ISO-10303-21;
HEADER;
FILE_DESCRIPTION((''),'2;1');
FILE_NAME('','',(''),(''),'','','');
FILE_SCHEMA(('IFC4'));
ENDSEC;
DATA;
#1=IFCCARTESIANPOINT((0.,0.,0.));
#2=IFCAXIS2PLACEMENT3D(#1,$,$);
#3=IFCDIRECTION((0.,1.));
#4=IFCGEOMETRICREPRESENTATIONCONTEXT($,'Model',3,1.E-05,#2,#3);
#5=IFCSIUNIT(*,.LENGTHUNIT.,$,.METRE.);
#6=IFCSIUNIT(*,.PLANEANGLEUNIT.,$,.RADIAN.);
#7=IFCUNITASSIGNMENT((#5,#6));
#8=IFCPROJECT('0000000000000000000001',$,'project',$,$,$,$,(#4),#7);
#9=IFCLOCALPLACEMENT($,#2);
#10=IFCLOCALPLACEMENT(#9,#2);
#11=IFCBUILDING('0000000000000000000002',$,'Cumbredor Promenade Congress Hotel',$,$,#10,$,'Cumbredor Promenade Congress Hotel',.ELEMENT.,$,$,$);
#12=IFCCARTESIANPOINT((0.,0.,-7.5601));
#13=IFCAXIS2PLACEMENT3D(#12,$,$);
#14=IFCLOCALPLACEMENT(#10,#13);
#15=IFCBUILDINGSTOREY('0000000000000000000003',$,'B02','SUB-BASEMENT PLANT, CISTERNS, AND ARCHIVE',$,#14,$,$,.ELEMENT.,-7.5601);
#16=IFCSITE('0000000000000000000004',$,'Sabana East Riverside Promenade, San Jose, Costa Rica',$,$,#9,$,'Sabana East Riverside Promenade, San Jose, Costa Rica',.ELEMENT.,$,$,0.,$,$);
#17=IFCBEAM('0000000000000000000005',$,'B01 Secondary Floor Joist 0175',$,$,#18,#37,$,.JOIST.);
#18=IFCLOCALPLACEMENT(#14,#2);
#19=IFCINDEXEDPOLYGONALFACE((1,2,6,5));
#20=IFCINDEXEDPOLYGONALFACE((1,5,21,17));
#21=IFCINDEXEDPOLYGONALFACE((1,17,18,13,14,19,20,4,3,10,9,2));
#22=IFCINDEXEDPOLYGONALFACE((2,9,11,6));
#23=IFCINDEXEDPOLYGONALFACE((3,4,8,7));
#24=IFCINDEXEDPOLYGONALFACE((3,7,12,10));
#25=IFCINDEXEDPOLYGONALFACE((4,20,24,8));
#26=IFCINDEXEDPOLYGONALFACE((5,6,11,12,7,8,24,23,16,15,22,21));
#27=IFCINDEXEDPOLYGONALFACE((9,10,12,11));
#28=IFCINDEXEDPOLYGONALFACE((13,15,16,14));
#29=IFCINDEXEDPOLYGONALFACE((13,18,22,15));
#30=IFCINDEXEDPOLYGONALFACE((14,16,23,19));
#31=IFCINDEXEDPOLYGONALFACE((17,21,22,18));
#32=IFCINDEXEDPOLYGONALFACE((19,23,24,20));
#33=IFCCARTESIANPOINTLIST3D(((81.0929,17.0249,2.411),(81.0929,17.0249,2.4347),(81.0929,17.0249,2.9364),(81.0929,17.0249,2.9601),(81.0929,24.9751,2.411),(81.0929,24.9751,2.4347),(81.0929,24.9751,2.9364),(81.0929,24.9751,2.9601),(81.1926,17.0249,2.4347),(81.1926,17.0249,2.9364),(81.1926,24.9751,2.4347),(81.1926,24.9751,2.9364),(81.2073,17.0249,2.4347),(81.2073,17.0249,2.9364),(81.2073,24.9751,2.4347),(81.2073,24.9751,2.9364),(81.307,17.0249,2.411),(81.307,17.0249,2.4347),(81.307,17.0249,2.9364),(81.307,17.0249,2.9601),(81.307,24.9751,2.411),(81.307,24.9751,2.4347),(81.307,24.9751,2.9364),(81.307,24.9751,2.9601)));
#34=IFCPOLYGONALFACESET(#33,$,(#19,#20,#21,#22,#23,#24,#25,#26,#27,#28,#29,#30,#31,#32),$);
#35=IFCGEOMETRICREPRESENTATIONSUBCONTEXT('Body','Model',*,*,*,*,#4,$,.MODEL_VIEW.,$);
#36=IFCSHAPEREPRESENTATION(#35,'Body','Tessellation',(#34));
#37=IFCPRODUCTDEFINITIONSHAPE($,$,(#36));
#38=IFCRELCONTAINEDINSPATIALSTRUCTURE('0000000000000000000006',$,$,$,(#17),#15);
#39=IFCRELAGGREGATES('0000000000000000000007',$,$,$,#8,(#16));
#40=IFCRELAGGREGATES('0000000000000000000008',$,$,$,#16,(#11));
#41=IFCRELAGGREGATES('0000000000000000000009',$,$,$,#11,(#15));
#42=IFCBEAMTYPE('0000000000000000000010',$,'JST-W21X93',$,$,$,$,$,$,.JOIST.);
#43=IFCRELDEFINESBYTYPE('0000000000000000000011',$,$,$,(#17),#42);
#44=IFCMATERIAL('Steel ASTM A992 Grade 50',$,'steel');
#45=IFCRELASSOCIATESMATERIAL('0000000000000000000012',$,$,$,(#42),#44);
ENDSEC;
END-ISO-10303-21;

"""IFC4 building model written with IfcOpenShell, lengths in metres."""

from ifc_helpers import new_model, si_unit, direction, frame, origin, origin_2d, place, context, subcontext, project, spatial, i_section, extrude, material, material_profile, profile_set, type_object, element, save


model = new_model("IFC4")

# Units and contexts
model_context = context("Model", 3, precision=1e-05, world=origin(), true_north=direction((0.0, 1.0)))
body_context = subcontext(model_context, "Body", "Model", "MODEL_VIEW")
ifc_project = project(units=[si_unit("LENGTHUNIT", "METRE"), si_unit("PLANEANGLEUNIT", "RADIAN")], contexts=[model_context])

# Site, building, storey
site_placement = place(None, origin())
site = spatial("IfcSite", under=ifc_project, at=site_placement, Name="Sabana East Riverside Promenade, San Jose, Costa Rica", LongName="Sabana East Riverside Promenade, San Jose, Costa Rica", CompositionType="ELEMENT", RefElevation=0.0)
building_placement = place(site_placement, origin())
building = spatial("IfcBuilding", under=site, at=building_placement, Name="Cumbredor Promenade Congress Hotel", LongName="Cumbredor Promenade Congress Hotel", CompositionType="ELEMENT")
storey_placement = place(building_placement, frame((0.0, 0.0, -7.5601)))
storey = spatial("IfcBuildingStorey", under=building, at=storey_placement, Name="B02", Description="SUB-BASEMENT PLANT, CISTERNS, AND ARCHIVE", CompositionType="ELEMENT", Elevation=-7.5601)

# Beam
ifc_material_1 = material(Name="Steel ASTM A992 Grade 50", Category="steel")
ifc_material_profile_1 = material_profile(ifc_material_1, i_section(OverallWidth=0.2141, OverallDepth=0.5491, WebThickness=0.0146, FlangeThickness=0.0237, at=origin_2d()), Name="W21X93")
ifc_profile_set_1 = profile_set([ifc_material_profile_1], Name="Steel ASTM A992 Grade 50")
beam_type_1 = type_object("IfcBeamType", Name="JST-W21X93", PredefinedType="JOIST", material=ifc_profile_set_1)
for number, where, z_axis, x_axis, name in (
    (1, (81.2, 17.0249, 2.6855), (0.0, 1.0, 0.0), (-1.0, 0.0, 0.0), "B01 Secondary Floor Joist 0175"),
):
    element("IfcBeam", number, at=place(storey_placement, frame(where, z_axis=z_axis, x_axis=x_axis)), inside=storey, type_object=beam_type_1, Name=name, PredefinedType="JOIST", context=body_context, shape_type="SweptSolid", body=[
        extrude(i_section(OverallWidth=0.2141, OverallDepth=0.5491, WebThickness=0.0146, FlangeThickness=0.0237, at=origin_2d()), origin(), (0.0, 0.0, 1.0), 7.9502),
    ])

save(model, "model.ifc")
